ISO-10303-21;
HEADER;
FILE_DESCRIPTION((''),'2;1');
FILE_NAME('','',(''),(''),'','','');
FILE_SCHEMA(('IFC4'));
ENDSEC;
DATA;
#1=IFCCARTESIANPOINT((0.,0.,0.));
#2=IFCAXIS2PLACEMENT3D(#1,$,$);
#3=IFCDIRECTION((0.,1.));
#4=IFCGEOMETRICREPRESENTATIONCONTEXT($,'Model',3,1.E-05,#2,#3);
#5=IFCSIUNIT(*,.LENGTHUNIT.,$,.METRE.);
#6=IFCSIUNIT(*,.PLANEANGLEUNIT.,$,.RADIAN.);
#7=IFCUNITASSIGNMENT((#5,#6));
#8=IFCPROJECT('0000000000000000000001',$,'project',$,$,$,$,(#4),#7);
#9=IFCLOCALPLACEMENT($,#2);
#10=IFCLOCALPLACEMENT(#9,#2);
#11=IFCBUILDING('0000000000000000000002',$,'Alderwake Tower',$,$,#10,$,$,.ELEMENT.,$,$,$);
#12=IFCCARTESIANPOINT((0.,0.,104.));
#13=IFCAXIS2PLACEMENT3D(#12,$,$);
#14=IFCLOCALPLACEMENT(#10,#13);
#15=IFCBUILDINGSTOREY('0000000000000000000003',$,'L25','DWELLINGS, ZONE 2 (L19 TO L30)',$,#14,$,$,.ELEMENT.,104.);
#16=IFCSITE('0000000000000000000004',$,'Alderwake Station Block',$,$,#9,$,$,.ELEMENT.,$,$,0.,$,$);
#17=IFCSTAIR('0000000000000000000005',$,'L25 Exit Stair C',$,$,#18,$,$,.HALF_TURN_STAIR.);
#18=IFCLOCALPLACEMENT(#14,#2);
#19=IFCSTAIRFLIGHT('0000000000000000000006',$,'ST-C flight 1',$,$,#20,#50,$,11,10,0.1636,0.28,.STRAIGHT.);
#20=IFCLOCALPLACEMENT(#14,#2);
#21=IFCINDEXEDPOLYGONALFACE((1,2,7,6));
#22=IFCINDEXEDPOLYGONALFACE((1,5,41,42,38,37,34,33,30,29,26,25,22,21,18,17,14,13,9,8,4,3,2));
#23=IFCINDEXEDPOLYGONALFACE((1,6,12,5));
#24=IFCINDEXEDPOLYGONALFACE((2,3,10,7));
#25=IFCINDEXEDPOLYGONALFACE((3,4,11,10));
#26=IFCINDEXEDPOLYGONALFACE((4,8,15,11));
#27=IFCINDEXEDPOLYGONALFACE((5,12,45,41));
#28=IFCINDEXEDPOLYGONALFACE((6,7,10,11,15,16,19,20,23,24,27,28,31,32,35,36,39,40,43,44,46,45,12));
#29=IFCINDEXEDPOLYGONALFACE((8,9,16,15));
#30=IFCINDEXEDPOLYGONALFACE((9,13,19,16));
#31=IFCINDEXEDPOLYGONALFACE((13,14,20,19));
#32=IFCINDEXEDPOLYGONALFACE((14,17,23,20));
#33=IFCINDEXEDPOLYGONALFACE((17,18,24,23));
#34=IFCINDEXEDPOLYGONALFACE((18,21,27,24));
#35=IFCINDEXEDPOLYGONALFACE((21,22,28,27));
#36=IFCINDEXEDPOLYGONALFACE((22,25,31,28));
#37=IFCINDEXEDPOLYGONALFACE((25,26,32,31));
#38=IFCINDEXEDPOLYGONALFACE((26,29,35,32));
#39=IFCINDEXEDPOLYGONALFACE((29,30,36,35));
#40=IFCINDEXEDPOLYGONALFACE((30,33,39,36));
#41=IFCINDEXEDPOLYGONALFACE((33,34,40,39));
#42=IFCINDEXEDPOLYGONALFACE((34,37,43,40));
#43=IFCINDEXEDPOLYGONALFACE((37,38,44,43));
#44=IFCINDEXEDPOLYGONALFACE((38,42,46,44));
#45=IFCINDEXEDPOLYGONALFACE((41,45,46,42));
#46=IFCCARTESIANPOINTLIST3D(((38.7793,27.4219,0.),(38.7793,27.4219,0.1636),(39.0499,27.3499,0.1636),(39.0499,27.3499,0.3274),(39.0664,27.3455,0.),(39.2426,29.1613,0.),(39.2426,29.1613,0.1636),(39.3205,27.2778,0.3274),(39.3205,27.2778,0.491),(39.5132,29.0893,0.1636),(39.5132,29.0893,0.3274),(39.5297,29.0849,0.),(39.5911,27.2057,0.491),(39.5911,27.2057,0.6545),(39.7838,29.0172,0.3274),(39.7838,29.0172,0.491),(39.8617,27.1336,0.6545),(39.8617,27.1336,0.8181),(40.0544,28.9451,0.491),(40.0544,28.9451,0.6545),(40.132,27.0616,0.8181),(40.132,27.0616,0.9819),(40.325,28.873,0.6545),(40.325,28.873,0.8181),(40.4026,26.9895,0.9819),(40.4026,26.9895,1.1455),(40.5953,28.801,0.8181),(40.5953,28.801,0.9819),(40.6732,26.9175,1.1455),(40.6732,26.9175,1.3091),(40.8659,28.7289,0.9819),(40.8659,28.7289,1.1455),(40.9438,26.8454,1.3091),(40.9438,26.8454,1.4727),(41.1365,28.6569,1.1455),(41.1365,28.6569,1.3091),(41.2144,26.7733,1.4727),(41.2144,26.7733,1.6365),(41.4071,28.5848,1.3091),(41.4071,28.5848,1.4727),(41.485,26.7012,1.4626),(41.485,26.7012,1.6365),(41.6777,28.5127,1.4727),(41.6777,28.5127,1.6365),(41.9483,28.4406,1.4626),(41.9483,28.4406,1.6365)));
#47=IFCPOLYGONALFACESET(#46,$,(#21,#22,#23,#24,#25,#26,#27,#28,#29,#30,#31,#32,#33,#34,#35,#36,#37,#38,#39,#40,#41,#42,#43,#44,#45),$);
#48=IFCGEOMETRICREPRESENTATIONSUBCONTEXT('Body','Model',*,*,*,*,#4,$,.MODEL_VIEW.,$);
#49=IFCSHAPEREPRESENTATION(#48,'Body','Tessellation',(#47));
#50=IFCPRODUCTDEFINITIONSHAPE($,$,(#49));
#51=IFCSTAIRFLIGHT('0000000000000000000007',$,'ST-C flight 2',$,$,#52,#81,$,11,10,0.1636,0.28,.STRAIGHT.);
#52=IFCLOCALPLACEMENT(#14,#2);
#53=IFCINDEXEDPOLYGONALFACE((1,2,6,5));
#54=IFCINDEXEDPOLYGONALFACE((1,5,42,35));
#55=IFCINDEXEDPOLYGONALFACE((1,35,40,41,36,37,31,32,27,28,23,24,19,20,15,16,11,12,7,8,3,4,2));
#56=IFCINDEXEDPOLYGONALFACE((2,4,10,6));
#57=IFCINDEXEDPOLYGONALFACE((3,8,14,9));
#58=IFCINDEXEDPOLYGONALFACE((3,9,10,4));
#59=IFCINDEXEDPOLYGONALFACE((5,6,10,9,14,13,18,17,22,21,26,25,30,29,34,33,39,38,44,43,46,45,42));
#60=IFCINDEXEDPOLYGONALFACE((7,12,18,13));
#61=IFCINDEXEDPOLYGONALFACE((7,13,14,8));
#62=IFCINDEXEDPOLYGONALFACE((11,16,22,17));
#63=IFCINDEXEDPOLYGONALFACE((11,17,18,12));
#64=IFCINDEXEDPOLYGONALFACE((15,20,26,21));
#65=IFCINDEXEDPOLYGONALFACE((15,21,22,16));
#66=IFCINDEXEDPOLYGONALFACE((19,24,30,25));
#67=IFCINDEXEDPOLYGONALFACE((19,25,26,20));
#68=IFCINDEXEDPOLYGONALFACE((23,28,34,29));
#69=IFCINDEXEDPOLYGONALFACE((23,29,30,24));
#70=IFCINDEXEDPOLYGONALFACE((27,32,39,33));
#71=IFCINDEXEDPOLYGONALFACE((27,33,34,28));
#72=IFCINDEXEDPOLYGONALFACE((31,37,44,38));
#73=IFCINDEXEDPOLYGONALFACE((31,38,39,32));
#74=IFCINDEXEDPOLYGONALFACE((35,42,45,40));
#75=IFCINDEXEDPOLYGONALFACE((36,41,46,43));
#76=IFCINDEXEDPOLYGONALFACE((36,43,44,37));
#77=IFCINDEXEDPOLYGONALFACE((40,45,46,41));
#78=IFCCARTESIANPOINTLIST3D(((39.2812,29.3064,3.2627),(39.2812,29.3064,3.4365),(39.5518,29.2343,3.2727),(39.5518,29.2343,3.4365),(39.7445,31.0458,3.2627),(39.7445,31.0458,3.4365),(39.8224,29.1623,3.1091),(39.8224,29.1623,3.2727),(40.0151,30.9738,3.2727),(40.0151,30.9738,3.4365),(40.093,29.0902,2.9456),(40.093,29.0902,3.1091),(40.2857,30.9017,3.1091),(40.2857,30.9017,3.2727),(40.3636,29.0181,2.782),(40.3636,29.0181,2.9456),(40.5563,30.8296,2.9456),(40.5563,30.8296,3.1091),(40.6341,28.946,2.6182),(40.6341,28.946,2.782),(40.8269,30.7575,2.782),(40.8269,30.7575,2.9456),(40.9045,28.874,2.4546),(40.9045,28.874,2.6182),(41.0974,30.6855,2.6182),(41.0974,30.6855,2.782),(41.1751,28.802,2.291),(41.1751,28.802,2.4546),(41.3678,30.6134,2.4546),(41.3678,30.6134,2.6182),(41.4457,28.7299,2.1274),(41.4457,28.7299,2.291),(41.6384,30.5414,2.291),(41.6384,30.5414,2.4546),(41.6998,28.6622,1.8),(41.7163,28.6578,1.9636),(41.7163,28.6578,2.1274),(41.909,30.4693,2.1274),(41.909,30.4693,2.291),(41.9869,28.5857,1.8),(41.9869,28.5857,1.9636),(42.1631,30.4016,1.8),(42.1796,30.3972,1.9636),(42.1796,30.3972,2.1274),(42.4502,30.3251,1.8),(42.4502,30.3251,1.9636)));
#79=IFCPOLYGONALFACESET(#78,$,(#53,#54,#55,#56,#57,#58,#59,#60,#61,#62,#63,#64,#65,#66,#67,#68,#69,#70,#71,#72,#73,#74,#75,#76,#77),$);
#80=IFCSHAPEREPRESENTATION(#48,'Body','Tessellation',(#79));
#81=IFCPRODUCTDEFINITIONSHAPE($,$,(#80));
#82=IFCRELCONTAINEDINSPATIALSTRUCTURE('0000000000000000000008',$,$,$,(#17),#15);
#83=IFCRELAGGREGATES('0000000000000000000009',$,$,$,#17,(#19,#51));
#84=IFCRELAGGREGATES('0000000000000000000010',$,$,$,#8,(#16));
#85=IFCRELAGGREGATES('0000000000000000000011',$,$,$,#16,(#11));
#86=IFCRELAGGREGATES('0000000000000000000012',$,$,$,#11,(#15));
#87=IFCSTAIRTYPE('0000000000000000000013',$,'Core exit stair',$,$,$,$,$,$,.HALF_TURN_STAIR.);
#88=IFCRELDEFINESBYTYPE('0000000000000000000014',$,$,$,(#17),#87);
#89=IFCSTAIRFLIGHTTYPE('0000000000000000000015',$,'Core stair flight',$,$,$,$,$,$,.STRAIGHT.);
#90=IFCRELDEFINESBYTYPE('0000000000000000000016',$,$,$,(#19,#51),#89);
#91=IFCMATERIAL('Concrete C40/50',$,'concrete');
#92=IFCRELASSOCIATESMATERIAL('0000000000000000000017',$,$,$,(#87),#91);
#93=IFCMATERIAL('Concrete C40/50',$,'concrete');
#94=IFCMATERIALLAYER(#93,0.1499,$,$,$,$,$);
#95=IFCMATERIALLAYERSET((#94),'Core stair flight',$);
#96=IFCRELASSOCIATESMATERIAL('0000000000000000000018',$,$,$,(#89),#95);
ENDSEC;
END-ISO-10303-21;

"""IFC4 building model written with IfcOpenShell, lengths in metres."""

from ifc_helpers import new_model, si_unit, direction, frame, origin, place, context, subcontext, project, spatial, polyline, outline, extrude, material, layer, layer_set, type_object, element, aggregate, save


model = new_model("IFC4")

# Units and contexts
model_context = context("Model", 3, precision=1e-05, world=origin(), true_north=direction((0.0, 1.0)))
body_context = subcontext(model_context, "Body", "Model", "MODEL_VIEW")
ifc_project = project(units=[si_unit("LENGTHUNIT", "METRE"), si_unit("PLANEANGLEUNIT", "RADIAN")], contexts=[model_context])

# Site, building, storey
site_placement = place(None, origin())
site = spatial("IfcSite", under=ifc_project, at=site_placement, Name="Alderwake Station Block", CompositionType="ELEMENT", RefElevation=0.0)
building_placement = place(site_placement, origin())
building = spatial("IfcBuilding", under=site, at=building_placement, Name="Alderwake Tower", CompositionType="ELEMENT")
storey_placement = place(building_placement, frame((0.0, 0.0, 104.0)))
storey = spatial("IfcBuildingStorey", under=building, at=storey_placement, Name="L25", Description="DWELLINGS, ZONE 2 (L19 TO L30)", CompositionType="ELEMENT", Elevation=104.0)

# Stair, stair flights
ifc_material_1 = material(Name="Concrete C40/50", Category="concrete")
stair_type = type_object("IfcStairType", Name="Core exit stair", PredefinedType="HALF_TURN_STAIR", material=ifc_material_1)
stair_placement = place(storey_placement, origin())
stair = element("IfcStair", 1, at=stair_placement, inside=storey, type_object=stair_type, Name="L25 Exit Stair C", PredefinedType="HALF_TURN_STAIR")
ifc_material_2 = material(Name="Concrete C40/50", Category="concrete")
ifc_layer_1 = layer(ifc_material_2, 0.1499)
ifc_layer_set_1 = layer_set([ifc_layer_1], Name="Core stair flight")
stair_flight_type = type_object("IfcStairFlightType", Name="Core stair flight", PredefinedType="STRAIGHT", material=ifc_layer_set_1)
stair_flight_1_placement = place(storey_placement, frame((39.011, 28.2917, 0.0), z_axis=(0.0, 0.0, 1.0), x_axis=(0.96631, -0.257382, 0.0)))
stair_flight_1 = element("IfcStairFlight", 2, at=stair_flight_1_placement, type_object=stair_flight_type, Name="ST-C flight 1", NumberOfRisers=11, NumberOfTreads=10, PredefinedType="STRAIGHT", RiserHeight=0.1636, TreadLength=0.28, context=body_context, shape_type="SweptSolid", body=[
    extrude(outline(polyline([(0.0, 0.0), (0.0, 0.1636), (0.28, 0.1636), (0.28, 0.3274), (0.5601, 0.3274), (0.5601, 0.491), (0.8401, 0.491), (0.8401, 0.6545), (1.1201, 0.6545), (1.1201, 0.8181), (1.3999, 0.8181), (1.3999, 0.9819), (1.6799, 0.9819), (1.6799, 1.1455), (1.96, 1.1455), (1.96, 1.3091), (2.24, 1.3091), (2.24, 1.4727), (2.52, 1.4727), (2.52, 1.6365), (2.8, 1.6365), (2.8, 1.8), (2.8, 1.4626), (0.2971, 0.0), (0.0, 0.0)])), frame((0.0, 0.8999, 0.0), z_axis=(0.0, -1.0, 0.0), x_axis=(1.0, 0.0, 0.0)), (0.0, 0.0, 1.0), 1.8),
])
stair_flight_2_placement = place(storey_placement, frame((42.2185, 29.4553, 1.8), z_axis=(0.0, 0.0, 1.0), x_axis=(-0.96631, 0.257382, 0.0)))
stair_flight_2 = element("IfcStairFlight", 3, at=stair_flight_2_placement, type_object=stair_flight_type, Name="ST-C flight 2", NumberOfRisers=11, NumberOfTreads=10, PredefinedType="STRAIGHT", RiserHeight=0.1636, TreadLength=0.28, context=body_context, shape_type="SweptSolid", body=[
    extrude(outline(polyline([(0.0, 0.0), (0.0, 0.1636), (0.28, 0.1636), (0.28, 0.3274), (0.5601, 0.3274), (0.5601, 0.491), (0.8401, 0.491), (0.8401, 0.6545), (1.1201, 0.6545), (1.1201, 0.8181), (1.3999, 0.8181), (1.3999, 0.9819), (1.6799, 0.9819), (1.6799, 1.1455), (1.96, 1.1455), (1.96, 1.3091), (2.24, 1.3091), (2.24, 1.4727), (2.52, 1.4727), (2.52, 1.6365), (2.8, 1.6365), (2.8, 1.8), (2.8, 1.4626), (0.2971, 0.0), (0.0, 0.0)])), frame((0.0, 0.8999, 0.0), z_axis=(0.0, -1.0, 0.0), x_axis=(1.0, 0.0, 0.0)), (0.0, 0.0, 1.0), 1.8),
])
aggregate(stair, [stair_flight_1, stair_flight_2])

save(model, "model.ifc")
